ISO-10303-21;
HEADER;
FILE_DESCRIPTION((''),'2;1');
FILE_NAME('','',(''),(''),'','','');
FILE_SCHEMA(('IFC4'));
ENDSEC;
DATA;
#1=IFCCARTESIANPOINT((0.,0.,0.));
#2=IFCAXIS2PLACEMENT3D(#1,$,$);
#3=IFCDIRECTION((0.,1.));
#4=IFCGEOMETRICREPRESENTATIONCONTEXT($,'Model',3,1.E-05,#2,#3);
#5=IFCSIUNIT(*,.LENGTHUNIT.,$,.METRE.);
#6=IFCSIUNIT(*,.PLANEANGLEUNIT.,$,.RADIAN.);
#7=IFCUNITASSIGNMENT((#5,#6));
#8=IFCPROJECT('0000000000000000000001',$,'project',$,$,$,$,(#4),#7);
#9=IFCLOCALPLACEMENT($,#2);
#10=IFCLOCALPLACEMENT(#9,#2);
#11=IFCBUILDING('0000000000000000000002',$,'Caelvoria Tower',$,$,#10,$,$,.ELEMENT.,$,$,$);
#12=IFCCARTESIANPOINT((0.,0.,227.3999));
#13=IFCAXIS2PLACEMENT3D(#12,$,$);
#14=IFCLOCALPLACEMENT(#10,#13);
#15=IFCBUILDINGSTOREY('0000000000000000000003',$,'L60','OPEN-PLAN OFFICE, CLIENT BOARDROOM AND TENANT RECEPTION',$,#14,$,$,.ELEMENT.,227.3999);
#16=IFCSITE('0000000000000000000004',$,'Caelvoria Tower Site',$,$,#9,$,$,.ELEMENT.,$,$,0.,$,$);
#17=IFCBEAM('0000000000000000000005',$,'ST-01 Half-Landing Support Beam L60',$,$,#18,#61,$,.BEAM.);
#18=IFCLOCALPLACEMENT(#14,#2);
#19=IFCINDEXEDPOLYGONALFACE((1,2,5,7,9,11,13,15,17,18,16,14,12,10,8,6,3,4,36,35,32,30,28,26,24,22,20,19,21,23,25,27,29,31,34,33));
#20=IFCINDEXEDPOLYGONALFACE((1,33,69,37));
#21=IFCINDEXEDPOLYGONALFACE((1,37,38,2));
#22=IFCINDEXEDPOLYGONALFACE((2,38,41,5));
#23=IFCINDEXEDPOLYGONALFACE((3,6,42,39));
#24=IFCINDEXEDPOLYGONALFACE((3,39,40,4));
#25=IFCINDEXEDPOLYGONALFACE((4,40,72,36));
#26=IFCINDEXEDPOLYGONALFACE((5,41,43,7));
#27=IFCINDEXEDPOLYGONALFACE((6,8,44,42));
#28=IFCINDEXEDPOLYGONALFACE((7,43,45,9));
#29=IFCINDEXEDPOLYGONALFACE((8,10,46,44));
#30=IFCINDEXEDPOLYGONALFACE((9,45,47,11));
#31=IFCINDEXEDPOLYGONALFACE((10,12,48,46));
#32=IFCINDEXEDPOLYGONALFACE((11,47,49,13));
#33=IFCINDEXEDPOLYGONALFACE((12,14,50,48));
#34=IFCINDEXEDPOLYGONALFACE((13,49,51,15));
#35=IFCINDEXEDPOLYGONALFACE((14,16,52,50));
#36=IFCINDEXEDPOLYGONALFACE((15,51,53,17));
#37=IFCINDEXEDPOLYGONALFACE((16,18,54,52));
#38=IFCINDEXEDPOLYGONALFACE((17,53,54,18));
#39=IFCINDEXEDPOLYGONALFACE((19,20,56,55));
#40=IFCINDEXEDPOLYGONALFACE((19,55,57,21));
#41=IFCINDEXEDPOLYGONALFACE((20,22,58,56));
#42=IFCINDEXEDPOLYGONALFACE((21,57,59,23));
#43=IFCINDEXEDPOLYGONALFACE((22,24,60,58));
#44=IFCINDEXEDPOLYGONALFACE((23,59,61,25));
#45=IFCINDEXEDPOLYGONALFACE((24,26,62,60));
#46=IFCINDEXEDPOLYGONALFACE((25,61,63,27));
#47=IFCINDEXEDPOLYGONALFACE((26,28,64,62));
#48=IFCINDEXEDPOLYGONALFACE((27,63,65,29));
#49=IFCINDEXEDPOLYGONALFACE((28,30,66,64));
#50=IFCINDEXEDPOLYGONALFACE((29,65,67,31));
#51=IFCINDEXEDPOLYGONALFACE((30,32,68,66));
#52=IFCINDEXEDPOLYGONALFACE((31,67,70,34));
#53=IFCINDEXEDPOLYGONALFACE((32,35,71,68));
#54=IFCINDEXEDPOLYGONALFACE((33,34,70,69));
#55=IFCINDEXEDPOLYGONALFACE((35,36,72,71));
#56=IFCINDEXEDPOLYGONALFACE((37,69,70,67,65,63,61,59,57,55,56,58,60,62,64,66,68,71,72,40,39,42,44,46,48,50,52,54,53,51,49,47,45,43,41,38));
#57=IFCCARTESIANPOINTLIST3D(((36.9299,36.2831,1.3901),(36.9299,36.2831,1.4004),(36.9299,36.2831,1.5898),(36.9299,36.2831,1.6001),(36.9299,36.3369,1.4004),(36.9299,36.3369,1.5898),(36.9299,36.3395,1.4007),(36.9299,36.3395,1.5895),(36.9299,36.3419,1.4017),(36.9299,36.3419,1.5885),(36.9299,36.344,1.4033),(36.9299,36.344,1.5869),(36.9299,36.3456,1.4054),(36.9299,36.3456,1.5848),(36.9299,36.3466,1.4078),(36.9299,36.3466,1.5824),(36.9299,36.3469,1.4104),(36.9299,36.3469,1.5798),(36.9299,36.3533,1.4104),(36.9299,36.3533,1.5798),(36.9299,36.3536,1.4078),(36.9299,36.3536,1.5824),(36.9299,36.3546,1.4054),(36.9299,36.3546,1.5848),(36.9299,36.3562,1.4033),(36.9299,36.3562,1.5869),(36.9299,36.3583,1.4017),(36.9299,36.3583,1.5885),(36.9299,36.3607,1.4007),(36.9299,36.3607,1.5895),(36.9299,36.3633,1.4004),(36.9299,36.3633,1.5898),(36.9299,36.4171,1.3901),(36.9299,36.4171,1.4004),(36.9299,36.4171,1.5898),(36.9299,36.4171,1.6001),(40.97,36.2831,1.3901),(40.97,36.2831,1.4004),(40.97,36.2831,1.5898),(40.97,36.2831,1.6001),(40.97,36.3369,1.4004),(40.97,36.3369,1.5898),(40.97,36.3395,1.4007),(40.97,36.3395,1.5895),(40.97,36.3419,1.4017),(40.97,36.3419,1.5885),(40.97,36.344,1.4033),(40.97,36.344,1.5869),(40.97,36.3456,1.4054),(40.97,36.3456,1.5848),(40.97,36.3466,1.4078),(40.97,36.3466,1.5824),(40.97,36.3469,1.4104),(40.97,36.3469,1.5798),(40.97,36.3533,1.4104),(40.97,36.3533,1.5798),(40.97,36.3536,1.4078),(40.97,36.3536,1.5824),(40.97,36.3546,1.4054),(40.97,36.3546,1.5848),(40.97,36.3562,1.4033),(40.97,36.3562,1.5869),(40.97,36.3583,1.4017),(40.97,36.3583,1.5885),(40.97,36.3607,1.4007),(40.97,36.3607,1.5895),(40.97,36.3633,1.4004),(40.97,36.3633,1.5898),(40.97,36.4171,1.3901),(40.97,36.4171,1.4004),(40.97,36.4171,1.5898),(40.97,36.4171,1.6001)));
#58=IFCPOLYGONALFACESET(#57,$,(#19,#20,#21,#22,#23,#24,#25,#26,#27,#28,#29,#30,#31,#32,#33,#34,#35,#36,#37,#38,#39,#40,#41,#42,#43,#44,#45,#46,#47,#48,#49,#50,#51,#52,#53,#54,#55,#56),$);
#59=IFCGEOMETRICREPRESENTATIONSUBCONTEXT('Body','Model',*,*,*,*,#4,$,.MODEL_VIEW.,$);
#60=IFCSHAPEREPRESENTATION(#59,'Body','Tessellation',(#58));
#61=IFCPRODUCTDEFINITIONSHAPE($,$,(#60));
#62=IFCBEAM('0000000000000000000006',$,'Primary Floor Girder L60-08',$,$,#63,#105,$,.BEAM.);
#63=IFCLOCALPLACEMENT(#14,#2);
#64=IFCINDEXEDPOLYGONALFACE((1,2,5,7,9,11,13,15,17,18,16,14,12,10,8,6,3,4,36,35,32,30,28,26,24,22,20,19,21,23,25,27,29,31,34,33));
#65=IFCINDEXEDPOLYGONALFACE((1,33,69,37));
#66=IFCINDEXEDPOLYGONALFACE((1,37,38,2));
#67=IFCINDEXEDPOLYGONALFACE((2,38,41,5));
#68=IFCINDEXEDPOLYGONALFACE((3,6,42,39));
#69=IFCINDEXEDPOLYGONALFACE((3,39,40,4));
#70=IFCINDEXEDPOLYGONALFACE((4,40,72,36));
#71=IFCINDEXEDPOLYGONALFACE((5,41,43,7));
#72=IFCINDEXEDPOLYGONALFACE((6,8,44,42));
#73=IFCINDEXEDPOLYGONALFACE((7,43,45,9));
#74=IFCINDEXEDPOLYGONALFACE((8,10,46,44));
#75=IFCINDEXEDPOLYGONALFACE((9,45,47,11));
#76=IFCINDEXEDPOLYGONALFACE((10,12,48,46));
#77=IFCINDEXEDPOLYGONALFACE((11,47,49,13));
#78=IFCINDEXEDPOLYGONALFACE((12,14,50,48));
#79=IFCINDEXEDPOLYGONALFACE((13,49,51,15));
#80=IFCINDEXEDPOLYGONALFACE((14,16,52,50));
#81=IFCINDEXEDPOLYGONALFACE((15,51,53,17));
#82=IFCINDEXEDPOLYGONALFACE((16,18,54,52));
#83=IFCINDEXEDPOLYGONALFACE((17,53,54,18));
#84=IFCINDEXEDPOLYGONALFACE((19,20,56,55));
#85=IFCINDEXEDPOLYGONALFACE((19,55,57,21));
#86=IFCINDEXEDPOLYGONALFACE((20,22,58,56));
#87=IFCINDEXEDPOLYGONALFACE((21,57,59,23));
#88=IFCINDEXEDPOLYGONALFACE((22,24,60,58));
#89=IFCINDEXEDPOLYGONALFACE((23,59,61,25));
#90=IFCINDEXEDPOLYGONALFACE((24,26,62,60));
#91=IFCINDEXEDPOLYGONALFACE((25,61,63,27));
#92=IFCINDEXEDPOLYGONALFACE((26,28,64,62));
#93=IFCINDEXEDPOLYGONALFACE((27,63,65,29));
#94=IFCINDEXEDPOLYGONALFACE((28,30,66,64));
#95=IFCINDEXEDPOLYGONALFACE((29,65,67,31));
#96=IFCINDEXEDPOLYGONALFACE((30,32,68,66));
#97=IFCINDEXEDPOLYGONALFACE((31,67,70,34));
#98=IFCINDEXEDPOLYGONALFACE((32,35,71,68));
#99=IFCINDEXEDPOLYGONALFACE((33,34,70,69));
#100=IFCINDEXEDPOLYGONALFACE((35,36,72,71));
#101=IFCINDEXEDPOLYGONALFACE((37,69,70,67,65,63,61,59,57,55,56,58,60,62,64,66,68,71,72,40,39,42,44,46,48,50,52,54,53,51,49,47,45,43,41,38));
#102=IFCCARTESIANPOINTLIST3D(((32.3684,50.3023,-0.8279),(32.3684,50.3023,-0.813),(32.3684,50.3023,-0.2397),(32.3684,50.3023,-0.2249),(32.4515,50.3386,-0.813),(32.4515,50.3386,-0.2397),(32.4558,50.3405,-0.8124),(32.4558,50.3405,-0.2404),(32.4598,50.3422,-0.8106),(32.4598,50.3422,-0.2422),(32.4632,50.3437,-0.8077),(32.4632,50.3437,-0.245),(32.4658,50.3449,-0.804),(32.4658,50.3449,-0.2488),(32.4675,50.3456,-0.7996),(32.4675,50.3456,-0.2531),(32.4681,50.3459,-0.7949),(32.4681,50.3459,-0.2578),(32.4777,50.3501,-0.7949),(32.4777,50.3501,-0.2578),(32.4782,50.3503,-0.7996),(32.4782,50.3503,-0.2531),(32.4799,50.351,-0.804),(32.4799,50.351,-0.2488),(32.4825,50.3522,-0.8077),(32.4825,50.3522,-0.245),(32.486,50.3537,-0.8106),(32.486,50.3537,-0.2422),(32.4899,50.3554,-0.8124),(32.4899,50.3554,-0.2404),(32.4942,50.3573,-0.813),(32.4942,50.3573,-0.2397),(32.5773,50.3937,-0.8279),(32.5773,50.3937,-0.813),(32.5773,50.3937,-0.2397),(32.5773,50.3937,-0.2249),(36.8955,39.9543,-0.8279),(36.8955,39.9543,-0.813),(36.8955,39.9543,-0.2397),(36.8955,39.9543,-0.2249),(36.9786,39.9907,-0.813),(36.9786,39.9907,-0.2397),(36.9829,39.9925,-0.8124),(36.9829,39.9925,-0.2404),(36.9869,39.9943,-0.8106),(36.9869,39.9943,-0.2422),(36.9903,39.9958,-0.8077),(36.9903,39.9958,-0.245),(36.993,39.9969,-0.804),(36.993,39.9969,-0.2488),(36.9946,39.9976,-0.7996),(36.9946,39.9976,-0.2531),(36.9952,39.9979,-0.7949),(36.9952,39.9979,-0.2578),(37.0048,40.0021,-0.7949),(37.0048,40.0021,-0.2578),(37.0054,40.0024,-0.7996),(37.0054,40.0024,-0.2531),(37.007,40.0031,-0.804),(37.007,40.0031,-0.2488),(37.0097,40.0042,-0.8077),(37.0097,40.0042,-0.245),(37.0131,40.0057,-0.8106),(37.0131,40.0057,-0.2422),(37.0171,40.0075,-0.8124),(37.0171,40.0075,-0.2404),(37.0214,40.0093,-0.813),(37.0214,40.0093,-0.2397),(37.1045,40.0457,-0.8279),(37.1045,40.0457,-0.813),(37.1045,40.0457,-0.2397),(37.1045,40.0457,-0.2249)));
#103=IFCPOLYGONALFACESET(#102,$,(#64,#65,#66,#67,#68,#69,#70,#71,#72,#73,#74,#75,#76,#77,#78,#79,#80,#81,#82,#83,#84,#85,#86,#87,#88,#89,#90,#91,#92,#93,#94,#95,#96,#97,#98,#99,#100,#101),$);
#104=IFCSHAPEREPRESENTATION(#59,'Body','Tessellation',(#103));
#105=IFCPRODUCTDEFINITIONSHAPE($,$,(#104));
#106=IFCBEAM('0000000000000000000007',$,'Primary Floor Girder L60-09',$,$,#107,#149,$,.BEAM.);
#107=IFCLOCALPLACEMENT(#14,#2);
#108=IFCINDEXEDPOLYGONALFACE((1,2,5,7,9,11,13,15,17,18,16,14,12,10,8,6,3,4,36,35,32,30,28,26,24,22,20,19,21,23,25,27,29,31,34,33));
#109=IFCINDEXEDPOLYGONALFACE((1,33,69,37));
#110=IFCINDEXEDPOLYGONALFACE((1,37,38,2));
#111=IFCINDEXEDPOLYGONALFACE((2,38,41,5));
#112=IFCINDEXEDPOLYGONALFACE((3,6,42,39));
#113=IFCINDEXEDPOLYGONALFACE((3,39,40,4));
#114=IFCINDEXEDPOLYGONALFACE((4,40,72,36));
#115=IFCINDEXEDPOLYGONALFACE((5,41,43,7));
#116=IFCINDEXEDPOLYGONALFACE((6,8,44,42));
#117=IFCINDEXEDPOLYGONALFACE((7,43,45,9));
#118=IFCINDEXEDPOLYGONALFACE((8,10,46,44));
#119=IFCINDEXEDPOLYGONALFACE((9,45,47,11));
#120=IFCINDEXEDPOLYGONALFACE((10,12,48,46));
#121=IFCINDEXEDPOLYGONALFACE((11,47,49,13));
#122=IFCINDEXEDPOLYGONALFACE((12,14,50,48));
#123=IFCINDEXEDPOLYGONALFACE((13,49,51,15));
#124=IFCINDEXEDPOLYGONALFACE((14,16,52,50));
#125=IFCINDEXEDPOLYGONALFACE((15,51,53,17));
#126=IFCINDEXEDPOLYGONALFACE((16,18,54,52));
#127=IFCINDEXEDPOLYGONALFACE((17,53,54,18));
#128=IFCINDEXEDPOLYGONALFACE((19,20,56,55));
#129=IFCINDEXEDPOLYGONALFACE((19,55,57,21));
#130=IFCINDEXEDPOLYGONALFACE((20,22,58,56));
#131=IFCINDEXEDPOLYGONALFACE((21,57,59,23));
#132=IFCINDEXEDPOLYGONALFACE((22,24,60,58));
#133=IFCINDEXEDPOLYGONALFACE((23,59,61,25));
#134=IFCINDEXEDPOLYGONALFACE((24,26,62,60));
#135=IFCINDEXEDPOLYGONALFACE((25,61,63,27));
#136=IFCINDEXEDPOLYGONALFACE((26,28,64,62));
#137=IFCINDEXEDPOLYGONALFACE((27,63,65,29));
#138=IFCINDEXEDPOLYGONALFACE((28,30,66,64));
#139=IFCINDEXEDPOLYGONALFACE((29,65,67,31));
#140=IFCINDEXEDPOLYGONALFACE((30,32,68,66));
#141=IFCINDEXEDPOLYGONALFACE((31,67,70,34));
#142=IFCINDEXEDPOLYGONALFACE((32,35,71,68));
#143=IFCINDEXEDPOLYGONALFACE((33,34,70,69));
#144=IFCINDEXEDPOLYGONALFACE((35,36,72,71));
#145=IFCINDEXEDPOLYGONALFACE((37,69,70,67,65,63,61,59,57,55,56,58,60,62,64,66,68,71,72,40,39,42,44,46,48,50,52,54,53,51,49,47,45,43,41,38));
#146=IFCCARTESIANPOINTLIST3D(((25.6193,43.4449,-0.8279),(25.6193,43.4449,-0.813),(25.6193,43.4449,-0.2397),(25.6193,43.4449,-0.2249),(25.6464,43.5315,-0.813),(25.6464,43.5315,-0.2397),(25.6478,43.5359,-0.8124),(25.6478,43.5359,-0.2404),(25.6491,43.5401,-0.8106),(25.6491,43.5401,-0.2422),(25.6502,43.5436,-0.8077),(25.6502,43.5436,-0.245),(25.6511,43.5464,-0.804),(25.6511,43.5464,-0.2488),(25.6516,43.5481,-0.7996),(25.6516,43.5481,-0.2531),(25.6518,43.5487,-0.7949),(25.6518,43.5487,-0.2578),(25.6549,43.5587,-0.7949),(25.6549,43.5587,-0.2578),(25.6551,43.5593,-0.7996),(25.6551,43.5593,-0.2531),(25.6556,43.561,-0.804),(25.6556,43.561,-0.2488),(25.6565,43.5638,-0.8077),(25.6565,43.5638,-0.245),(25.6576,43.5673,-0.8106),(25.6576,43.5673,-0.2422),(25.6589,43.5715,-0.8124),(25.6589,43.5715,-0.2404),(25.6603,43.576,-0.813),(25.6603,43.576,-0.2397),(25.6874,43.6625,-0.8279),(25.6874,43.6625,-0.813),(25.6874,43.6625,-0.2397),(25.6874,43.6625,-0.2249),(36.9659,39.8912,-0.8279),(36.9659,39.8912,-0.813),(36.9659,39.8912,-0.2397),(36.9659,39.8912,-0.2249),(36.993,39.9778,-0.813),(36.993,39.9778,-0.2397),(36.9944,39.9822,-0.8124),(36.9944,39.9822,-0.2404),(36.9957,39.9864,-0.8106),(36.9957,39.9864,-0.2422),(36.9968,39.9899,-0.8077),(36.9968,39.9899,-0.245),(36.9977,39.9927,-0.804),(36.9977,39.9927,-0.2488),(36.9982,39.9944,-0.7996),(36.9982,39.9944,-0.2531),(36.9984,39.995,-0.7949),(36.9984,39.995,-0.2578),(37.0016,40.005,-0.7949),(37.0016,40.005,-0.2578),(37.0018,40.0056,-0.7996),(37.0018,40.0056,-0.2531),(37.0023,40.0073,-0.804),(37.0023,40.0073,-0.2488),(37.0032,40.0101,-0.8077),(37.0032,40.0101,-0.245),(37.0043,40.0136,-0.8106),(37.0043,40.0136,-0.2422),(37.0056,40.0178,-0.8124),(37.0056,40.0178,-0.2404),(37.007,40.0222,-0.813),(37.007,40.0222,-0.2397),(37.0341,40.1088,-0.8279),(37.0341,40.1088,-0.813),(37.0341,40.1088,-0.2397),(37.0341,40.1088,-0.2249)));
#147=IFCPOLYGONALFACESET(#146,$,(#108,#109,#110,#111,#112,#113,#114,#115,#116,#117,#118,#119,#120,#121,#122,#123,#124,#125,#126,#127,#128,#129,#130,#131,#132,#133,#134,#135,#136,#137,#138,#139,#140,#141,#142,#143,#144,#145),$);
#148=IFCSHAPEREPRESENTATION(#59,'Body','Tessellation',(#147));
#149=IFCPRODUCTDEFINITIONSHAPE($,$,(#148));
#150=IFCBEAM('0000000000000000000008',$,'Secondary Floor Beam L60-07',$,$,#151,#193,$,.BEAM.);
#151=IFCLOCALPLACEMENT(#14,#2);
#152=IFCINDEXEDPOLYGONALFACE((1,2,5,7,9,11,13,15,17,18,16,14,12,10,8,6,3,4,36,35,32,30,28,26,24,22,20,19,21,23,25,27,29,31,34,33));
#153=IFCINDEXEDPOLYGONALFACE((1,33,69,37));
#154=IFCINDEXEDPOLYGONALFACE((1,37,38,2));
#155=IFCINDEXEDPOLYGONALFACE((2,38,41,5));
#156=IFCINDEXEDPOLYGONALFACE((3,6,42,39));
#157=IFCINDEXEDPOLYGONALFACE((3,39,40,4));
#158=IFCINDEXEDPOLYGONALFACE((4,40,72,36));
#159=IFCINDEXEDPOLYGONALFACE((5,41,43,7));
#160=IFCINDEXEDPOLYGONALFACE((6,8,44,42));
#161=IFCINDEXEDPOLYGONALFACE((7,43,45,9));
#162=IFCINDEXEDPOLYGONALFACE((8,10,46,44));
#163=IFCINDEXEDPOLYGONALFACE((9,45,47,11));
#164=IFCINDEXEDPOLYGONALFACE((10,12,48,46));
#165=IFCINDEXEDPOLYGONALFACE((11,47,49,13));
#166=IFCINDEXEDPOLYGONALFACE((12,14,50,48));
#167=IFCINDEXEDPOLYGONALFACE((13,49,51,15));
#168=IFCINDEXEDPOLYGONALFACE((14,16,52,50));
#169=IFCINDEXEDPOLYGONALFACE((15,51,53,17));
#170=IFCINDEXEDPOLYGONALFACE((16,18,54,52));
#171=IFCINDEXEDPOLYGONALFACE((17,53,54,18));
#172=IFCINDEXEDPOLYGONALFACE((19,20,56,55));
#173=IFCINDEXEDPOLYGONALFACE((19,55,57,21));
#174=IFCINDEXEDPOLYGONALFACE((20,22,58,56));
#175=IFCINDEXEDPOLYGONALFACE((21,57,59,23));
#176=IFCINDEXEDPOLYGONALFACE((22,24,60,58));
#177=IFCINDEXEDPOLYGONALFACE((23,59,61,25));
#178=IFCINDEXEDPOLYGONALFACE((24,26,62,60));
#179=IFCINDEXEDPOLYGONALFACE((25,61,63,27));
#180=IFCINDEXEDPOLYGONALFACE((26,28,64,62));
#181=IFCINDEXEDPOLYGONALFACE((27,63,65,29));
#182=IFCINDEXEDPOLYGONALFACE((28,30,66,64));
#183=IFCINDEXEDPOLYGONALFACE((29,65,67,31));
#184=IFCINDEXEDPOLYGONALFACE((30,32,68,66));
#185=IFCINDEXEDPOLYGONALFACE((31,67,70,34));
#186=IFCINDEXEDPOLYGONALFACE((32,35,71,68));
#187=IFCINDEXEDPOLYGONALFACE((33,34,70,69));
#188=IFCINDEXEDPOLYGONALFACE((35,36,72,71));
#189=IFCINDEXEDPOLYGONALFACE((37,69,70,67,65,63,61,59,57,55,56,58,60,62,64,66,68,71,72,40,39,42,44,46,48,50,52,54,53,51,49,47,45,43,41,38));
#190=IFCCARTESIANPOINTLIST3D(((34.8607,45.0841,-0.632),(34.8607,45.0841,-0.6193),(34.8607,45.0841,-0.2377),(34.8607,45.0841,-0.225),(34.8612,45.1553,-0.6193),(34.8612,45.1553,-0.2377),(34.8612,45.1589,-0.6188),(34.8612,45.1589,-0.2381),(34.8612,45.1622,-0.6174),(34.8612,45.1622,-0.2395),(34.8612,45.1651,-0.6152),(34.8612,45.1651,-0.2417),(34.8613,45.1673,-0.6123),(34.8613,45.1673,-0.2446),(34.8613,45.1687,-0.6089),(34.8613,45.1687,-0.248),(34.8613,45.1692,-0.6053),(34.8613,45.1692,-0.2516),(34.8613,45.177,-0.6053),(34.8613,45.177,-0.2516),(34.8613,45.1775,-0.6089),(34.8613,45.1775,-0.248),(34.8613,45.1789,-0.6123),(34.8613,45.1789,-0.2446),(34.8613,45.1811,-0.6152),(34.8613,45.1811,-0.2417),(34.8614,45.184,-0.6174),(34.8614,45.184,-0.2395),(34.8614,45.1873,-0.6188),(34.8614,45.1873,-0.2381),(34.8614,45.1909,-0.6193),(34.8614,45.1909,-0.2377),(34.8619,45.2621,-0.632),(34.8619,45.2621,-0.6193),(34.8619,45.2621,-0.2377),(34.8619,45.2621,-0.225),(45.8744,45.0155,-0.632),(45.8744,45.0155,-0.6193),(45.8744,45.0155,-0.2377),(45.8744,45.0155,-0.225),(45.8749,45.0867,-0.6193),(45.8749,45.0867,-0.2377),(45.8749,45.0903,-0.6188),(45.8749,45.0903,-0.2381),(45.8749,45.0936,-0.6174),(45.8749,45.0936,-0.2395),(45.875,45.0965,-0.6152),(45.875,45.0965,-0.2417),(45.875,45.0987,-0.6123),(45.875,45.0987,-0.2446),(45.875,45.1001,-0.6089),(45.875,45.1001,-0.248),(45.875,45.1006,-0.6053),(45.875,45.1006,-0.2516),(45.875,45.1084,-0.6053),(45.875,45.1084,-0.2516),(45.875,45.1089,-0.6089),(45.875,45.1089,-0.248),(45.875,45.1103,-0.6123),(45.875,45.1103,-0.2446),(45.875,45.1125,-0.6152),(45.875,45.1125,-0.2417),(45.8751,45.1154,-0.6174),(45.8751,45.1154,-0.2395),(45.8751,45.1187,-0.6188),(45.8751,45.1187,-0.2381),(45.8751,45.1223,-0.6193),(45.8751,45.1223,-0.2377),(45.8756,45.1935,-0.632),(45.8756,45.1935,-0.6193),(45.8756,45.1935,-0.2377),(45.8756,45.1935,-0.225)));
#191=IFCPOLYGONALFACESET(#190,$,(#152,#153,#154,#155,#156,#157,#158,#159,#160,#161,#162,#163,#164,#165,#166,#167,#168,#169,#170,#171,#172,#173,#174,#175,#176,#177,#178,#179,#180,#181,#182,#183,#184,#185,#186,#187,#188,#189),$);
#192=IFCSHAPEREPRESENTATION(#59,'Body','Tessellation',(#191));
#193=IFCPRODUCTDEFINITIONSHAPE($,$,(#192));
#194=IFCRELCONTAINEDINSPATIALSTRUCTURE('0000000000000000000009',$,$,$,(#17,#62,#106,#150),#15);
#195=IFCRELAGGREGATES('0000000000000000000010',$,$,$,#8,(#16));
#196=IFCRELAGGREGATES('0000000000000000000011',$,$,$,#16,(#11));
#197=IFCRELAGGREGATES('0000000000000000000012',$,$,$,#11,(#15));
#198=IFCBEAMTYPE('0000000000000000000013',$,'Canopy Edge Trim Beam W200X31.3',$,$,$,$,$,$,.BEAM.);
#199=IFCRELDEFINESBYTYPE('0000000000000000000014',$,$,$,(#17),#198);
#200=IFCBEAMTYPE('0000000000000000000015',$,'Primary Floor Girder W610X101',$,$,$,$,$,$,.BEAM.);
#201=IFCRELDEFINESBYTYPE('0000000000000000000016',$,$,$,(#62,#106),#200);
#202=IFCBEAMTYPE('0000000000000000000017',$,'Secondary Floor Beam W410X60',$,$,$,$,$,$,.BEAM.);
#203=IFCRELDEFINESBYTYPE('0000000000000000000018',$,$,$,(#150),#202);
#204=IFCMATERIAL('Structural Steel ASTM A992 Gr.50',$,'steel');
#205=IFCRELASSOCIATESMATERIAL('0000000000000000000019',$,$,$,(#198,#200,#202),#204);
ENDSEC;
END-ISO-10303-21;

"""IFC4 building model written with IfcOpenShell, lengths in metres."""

from ifc_helpers import new_model, si_unit, direction, frame, origin, origin_2d, place, context, subcontext, project, spatial, i_section, extrude, material, material_profile, profile_set, type_object, element, save


model = new_model("IFC4")

# Units and contexts
model_context = context("Model", 3, precision=1e-05, world=origin(), true_north=direction((0.0, 1.0)))
body_context = subcontext(model_context, "Body", "Model", "MODEL_VIEW")
ifc_project = project(units=[si_unit("LENGTHUNIT", "METRE"), si_unit("PLANEANGLEUNIT", "RADIAN")], contexts=[model_context])

# Site, building, storey
site_placement = place(None, origin())
site = spatial("IfcSite", under=ifc_project, at=site_placement, Name="Caelvoria Tower Site", CompositionType="ELEMENT", RefElevation=0.0)
building_placement = place(site_placement, origin())
building = spatial("IfcBuilding", under=site, at=building_placement, Name="Caelvoria Tower", CompositionType="ELEMENT")
storey_placement = place(building_placement, frame((0.0, 0.0, 227.3999)))
storey = spatial("IfcBuildingStorey", under=building, at=storey_placement, Name="L60", Description="OPEN-PLAN OFFICE, CLIENT BOARDROOM AND TENANT RECEPTION", CompositionType="ELEMENT", Elevation=227.3999)

# Beams
ifc_material_1 = material(Name="Structural Steel ASTM A992 Gr.50", Category="steel")
ifc_material_profile_1 = material_profile(ifc_material_1, i_section(OverallWidth=0.134, OverallDepth=0.21, WebThickness=0.0063, FlangeThickness=0.0103, FilletRadius=0.01, at=origin_2d()), Name="Structural Steel ASTM A992 Gr.50")
ifc_profile_set_1 = profile_set([ifc_material_profile_1], Name="W200X31.3 - Structural Steel ASTM A992 Gr.50")
beam_type_1 = type_object("IfcBeamType", Name="Canopy Edge Trim Beam W200X31.3", PredefinedType="BEAM", material=ifc_profile_set_1)
beam_1_placement = place(storey_placement, frame((36.9299, 36.3501, 1.4951), z_axis=(1.0, 0.0, 0.0), x_axis=(0.0, 1.0, 0.0)))
element("IfcBeam", 1, at=beam_1_placement, inside=storey, type_object=beam_type_1, Name="ST-01 Half-Landing Support Beam L60", PredefinedType="BEAM", context=body_context, shape_type="SweptSolid", body=[
    extrude(i_section(OverallWidth=0.134, OverallDepth=0.21, WebThickness=0.0063, FlangeThickness=0.0103, FilletRadius=0.01, at=origin_2d()), origin(), (0.0, 0.0, 1.0), 4.04),
])
ifc_material_profile_2 = material_profile(ifc_material_1, i_section(OverallWidth=0.228, OverallDepth=0.603, WebThickness=0.0105, FlangeThickness=0.0149, FilletRadius=0.0181, at=origin_2d()), Name="Structural Steel ASTM A992 Gr.50")
ifc_profile_set_2 = profile_set([ifc_material_profile_2], Name="W610X101 - Structural Steel ASTM A992 Gr.50")
beam_type_2 = type_object("IfcBeamType", Name="Primary Floor Girder W610X101", PredefinedType="BEAM", material=ifc_profile_set_2)
beam_2_placement = place(storey_placement, frame((37.0, 40.0, -0.5264), z_axis=(-0.400811, 0.916161, 0.0), x_axis=(-0.916161, -0.400811, 0.0)))
element("IfcBeam", 2, at=beam_2_placement, inside=storey, type_object=beam_type_2, Name="Primary Floor Girder L60-08", PredefinedType="BEAM", context=body_context, shape_type="SweptSolid", body=[
    extrude(i_section(OverallWidth=0.228, OverallDepth=0.603, WebThickness=0.0105, FlangeThickness=0.0149, FilletRadius=0.0181, at=origin_2d()), origin(), (0.0, 0.0, 1.0), 11.2949),
])
beam_3_placement = place(storey_placement, frame((37.0, 40.0, -0.5264), z_axis=(-0.954291, 0.298878, 0.0), x_axis=(-0.298878, -0.954291, 0.0)))
element("IfcBeam", 3, at=beam_3_placement, inside=storey, type_object=beam_type_2, Name="Primary Floor Girder L60-09", PredefinedType="BEAM", context=body_context, shape_type="SweptSolid", body=[
    extrude(i_section(OverallWidth=0.228, OverallDepth=0.603, WebThickness=0.0105, FlangeThickness=0.0149, FilletRadius=0.0181, at=origin_2d()), origin(), (0.0, 0.0, 1.0), 11.8901),
])
ifc_material_profile_3 = material_profile(ifc_material_1, i_section(OverallWidth=0.178, OverallDepth=0.407, WebThickness=0.0078, FlangeThickness=0.0127, FilletRadius=0.0139, at=origin_2d()), Name="Structural Steel ASTM A992 Gr.50")
ifc_profile_set_3 = profile_set([ifc_material_profile_3], Name="W410X60 - Structural Steel ASTM A992 Gr.50")
beam_type_3 = type_object("IfcBeamType", Name="Secondary Floor Beam W410X60", PredefinedType="BEAM", material=ifc_profile_set_3)
beam_4_placement = place(storey_placement, frame((45.875, 45.1045, -0.4285), z_axis=(-0.999981, 0.006229, 0.0), x_axis=(-0.006229, -0.999981, 0.0)))
element("IfcBeam", 4, at=beam_4_placement, inside=storey, type_object=beam_type_3, Name="Secondary Floor Beam L60-07", PredefinedType="BEAM", context=body_context, shape_type="SweptSolid", body=[
    extrude(i_section(OverallWidth=0.178, OverallDepth=0.407, WebThickness=0.0078, FlangeThickness=0.0127, FilletRadius=0.0139, at=origin_2d()), origin(), (0.0, 0.0, 1.0), 11.0139),
])

save(model, "model.ifc")
